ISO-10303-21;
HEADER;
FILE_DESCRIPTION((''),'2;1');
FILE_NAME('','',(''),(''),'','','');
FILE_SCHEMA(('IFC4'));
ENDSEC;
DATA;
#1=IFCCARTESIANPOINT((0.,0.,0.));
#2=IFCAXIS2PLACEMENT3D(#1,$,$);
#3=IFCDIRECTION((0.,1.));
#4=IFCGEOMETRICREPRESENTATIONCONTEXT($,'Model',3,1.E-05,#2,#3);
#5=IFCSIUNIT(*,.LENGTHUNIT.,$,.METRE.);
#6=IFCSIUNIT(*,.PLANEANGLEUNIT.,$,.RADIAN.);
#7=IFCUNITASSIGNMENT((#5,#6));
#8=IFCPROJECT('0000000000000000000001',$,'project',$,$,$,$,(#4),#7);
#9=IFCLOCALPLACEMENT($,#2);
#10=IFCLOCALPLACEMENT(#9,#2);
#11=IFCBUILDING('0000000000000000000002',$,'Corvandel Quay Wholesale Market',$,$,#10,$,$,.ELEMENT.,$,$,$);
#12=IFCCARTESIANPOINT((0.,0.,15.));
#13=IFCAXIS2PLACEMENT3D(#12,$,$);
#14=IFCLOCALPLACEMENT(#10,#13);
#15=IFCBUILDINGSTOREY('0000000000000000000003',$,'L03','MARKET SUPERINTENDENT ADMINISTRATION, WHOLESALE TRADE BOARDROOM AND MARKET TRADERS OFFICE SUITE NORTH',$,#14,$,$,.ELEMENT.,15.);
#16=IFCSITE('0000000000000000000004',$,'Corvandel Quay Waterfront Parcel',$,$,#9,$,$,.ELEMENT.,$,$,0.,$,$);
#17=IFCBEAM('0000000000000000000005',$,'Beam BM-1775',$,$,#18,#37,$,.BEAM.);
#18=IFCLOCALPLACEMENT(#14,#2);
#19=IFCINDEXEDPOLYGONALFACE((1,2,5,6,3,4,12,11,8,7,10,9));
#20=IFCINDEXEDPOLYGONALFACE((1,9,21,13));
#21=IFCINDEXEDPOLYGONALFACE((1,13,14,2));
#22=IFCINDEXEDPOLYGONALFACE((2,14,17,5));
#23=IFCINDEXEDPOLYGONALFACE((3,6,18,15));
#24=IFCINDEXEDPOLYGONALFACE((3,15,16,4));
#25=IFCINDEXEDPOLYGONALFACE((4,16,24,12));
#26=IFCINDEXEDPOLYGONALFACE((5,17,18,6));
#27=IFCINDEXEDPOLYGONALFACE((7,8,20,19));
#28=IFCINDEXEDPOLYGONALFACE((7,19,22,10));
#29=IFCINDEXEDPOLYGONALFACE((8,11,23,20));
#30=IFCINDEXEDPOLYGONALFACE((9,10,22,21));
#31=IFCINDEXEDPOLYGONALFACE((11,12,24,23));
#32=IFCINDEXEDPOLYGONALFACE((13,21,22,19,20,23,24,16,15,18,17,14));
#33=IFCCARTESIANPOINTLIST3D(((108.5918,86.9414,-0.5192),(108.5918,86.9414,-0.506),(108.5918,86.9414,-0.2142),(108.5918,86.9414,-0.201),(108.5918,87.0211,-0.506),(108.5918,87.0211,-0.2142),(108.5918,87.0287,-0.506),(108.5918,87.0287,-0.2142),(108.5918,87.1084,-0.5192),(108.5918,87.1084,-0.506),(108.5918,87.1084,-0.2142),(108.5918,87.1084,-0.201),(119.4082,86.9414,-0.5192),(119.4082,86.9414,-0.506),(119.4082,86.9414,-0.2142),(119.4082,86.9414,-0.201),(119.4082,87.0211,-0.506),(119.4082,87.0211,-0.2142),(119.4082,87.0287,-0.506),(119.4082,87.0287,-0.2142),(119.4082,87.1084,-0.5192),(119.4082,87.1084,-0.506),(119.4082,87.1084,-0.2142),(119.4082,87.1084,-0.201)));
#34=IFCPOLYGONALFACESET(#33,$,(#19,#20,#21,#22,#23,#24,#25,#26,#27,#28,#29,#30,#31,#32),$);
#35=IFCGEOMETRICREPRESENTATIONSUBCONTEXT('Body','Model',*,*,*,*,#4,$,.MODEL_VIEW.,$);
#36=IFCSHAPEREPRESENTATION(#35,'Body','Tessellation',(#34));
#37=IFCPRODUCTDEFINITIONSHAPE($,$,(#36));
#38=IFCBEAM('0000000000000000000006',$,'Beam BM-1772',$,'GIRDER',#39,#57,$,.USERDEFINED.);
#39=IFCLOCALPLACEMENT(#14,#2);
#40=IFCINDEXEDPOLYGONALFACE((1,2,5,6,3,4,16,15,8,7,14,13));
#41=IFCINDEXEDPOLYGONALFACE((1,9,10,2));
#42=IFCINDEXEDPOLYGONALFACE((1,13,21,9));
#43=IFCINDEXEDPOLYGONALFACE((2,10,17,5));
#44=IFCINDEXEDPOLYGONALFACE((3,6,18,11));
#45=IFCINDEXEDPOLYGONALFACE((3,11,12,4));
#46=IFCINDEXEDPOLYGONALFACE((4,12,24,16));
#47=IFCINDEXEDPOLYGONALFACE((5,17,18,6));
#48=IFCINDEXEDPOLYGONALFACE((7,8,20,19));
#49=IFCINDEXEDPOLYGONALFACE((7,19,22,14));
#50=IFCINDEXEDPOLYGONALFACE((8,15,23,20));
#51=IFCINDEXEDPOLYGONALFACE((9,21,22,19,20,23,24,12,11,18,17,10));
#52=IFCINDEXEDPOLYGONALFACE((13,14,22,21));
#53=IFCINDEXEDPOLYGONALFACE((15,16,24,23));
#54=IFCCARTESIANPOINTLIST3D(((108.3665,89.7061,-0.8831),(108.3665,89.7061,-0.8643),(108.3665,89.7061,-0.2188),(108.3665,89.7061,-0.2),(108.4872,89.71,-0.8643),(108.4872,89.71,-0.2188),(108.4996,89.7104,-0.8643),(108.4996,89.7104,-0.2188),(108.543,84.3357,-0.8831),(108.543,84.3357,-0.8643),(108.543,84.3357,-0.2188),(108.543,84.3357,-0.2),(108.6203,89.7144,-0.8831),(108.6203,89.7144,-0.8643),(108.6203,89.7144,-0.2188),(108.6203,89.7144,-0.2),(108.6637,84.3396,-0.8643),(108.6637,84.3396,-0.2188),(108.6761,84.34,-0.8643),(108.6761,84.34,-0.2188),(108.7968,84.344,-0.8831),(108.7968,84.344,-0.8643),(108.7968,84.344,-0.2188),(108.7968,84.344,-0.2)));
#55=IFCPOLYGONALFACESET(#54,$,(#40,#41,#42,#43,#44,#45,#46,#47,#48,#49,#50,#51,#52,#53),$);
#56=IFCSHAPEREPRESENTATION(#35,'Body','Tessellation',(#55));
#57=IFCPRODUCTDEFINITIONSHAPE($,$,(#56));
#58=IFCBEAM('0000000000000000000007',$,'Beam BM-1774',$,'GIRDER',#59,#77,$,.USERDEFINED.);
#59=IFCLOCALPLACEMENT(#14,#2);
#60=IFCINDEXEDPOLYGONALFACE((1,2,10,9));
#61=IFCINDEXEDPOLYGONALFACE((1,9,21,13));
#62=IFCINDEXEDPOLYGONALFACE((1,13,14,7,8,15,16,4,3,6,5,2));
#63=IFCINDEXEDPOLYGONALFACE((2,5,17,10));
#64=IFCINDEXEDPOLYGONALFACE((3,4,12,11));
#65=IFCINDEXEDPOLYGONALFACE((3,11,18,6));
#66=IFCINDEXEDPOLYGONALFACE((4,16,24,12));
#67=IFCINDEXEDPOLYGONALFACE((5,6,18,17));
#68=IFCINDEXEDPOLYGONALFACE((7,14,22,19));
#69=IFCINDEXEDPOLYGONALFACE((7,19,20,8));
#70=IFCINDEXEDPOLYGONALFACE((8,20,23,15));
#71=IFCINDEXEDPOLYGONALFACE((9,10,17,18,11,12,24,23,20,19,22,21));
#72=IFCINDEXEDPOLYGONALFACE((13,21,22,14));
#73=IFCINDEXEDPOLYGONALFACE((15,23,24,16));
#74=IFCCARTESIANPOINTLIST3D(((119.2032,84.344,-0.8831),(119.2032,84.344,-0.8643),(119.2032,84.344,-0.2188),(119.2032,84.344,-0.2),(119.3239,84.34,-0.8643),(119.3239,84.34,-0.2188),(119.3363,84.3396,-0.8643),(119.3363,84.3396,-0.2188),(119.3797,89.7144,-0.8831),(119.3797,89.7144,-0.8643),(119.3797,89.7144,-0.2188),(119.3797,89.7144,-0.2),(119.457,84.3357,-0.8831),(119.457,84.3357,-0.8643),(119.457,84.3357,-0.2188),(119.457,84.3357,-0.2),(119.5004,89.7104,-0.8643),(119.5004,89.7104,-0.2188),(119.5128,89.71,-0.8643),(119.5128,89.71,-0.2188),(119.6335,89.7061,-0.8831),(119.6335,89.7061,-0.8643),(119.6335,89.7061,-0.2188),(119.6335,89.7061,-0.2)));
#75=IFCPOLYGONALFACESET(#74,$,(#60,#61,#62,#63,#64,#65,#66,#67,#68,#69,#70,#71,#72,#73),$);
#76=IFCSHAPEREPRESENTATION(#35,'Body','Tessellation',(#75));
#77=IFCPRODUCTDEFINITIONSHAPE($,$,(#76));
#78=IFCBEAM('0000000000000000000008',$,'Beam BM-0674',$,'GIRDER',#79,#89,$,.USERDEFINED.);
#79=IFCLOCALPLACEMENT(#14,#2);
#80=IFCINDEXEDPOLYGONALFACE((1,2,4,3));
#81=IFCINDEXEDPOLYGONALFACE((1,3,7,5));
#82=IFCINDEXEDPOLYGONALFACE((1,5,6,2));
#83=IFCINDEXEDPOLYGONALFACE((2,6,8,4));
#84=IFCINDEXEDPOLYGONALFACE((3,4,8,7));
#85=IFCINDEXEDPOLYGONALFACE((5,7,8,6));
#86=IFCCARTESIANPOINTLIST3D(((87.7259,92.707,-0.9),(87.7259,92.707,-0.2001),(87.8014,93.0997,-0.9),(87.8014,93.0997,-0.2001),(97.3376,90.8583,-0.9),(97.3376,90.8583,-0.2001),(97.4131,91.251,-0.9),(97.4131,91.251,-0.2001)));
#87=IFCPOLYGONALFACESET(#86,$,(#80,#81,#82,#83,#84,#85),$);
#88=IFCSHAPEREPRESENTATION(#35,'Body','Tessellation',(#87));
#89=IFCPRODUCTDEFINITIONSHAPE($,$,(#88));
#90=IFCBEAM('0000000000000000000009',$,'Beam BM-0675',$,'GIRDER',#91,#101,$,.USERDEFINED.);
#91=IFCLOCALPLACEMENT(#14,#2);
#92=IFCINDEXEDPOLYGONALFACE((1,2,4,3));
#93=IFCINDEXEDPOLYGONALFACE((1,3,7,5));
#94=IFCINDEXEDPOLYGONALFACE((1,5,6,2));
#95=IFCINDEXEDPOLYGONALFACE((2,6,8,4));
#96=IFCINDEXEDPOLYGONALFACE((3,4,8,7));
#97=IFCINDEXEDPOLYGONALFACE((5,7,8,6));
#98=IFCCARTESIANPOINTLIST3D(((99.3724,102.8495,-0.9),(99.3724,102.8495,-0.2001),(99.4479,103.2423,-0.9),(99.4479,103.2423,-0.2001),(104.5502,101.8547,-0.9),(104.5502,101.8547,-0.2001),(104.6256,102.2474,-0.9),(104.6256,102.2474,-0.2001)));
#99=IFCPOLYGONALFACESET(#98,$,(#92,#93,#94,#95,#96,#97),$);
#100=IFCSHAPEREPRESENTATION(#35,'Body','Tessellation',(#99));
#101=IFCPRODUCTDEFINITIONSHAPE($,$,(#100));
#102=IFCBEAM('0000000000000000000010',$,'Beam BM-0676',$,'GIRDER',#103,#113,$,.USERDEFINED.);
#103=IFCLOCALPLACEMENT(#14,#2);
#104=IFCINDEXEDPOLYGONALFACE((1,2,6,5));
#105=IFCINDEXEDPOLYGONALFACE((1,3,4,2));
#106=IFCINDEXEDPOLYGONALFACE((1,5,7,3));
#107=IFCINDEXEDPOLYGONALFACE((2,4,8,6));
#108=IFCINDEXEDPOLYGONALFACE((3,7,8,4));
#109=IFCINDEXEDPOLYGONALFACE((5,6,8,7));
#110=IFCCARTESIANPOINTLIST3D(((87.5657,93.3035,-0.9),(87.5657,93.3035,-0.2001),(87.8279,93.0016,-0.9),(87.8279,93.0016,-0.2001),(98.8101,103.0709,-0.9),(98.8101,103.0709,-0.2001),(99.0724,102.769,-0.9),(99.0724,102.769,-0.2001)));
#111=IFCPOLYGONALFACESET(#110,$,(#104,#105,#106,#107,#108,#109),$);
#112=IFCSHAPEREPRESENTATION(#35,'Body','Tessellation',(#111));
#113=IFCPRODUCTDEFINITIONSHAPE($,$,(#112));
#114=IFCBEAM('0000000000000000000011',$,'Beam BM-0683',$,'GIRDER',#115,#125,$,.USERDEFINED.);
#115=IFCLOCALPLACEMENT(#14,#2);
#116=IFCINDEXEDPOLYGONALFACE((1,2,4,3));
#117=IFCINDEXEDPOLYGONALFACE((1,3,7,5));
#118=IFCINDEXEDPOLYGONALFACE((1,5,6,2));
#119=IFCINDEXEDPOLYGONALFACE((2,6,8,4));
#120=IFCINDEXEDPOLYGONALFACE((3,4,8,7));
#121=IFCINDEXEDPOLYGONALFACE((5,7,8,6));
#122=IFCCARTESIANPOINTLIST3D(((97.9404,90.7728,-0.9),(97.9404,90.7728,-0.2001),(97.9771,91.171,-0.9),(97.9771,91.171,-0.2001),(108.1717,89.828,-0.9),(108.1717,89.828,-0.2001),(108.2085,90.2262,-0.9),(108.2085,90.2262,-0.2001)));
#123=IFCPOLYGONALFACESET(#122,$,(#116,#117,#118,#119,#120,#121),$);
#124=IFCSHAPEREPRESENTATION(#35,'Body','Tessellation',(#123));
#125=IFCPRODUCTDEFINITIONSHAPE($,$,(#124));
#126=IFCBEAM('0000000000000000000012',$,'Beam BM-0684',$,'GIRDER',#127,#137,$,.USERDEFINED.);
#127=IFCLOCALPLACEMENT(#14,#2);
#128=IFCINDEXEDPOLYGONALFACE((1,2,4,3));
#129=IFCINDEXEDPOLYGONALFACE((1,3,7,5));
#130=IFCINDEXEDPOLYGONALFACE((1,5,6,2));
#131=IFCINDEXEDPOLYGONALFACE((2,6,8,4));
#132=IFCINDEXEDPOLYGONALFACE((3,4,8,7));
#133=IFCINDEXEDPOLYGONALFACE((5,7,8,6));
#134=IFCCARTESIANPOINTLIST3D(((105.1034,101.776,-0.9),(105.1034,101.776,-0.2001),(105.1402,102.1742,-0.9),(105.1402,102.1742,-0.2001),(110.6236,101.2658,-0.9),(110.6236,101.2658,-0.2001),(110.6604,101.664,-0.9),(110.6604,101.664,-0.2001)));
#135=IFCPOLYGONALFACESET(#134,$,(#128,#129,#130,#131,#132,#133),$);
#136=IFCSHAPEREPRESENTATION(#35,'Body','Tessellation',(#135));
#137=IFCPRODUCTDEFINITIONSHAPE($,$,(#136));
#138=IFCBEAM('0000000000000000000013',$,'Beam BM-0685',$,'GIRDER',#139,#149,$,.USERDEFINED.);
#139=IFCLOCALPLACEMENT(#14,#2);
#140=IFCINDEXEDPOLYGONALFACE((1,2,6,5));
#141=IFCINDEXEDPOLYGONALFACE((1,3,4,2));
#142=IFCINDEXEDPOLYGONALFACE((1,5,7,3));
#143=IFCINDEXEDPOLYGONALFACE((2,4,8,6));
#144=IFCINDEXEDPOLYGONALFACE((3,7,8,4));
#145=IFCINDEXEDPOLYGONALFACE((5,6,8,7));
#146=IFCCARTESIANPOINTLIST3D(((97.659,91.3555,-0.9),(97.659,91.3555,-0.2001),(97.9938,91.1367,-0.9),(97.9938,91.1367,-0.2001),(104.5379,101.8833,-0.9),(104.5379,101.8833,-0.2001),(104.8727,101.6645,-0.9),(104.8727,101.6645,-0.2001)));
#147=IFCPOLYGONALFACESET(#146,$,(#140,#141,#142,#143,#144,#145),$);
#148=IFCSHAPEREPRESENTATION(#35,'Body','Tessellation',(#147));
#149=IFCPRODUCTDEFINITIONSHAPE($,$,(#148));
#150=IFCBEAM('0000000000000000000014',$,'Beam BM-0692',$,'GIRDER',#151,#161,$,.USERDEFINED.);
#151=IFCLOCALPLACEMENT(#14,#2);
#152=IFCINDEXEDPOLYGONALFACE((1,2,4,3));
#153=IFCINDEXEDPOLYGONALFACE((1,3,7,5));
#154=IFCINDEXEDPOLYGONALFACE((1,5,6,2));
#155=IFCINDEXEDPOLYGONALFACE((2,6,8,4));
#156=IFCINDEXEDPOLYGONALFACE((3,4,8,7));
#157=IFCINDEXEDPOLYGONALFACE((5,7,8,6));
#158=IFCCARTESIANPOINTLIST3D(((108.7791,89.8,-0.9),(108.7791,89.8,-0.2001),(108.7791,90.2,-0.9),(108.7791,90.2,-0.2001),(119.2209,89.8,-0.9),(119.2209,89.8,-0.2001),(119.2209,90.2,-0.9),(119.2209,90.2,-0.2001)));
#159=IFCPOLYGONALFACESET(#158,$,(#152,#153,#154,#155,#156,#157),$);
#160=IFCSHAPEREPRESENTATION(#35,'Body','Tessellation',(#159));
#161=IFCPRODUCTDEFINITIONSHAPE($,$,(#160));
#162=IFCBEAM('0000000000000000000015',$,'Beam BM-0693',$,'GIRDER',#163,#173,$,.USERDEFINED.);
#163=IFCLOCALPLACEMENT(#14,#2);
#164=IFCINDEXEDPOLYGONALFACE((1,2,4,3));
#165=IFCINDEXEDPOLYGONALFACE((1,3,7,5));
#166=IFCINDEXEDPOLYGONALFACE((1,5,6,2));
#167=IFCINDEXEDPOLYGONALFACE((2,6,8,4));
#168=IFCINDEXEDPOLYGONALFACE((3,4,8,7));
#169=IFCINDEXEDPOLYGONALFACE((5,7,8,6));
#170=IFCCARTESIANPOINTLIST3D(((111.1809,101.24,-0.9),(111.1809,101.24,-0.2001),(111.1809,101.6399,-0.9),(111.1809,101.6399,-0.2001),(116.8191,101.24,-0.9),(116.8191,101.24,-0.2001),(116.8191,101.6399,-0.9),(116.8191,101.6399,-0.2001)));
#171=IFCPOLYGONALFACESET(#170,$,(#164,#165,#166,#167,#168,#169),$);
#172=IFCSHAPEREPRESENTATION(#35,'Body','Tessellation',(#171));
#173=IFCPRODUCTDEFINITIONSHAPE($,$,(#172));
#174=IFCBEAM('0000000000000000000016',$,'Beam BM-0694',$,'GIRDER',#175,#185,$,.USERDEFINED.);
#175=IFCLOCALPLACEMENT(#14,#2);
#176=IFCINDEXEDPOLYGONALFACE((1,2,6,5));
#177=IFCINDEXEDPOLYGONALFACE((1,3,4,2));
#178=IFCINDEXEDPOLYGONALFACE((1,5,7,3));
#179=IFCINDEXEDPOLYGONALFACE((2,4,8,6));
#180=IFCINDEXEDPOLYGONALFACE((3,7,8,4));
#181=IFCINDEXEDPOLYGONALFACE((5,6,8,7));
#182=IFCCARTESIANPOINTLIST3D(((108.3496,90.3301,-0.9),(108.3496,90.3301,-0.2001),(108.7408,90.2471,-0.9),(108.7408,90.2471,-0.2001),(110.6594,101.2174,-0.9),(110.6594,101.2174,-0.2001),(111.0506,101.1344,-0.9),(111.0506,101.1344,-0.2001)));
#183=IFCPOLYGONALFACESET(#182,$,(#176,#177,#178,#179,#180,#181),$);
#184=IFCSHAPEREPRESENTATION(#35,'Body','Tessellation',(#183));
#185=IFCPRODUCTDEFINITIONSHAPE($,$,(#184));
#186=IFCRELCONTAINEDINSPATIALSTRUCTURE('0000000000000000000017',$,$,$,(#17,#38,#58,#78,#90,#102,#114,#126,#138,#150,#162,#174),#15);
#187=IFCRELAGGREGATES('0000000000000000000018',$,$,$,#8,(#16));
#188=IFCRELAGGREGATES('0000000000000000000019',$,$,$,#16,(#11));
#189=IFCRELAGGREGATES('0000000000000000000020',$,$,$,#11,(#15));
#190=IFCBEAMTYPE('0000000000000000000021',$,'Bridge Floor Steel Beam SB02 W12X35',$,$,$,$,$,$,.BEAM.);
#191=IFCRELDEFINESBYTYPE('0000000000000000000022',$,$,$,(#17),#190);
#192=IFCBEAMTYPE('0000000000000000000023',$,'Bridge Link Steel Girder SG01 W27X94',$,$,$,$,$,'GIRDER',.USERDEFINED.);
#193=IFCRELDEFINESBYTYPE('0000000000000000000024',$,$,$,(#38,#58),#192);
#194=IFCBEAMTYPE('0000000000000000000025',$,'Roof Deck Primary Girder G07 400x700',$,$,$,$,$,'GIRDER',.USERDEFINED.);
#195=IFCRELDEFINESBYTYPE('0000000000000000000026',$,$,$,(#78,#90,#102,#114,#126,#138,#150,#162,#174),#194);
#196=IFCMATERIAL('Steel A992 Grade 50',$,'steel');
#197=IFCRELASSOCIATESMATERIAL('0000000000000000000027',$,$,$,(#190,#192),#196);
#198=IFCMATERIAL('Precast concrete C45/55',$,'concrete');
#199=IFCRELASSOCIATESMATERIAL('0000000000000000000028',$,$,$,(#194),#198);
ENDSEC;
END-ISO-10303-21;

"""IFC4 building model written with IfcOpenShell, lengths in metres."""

from ifc_helpers import new_model, si_unit, direction, frame, origin, origin_2d, place, context, subcontext, project, spatial, rectangle, i_section, extrude, material, material_profile, profile_set, type_object, element, save


model = new_model("IFC4")

# Units and contexts
model_context = context("Model", 3, precision=1e-05, world=origin(), true_north=direction((0.0, 1.0)))
body_context = subcontext(model_context, "Body", "Model", "MODEL_VIEW")
ifc_project = project(units=[si_unit("LENGTHUNIT", "METRE"), si_unit("PLANEANGLEUNIT", "RADIAN")], contexts=[model_context])

# Site, building, storey
site_placement = place(None, origin())
site = spatial("IfcSite", under=ifc_project, at=site_placement, Name="Corvandel Quay Waterfront Parcel", CompositionType="ELEMENT", RefElevation=0.0)
building_placement = place(site_placement, origin())
building = spatial("IfcBuilding", under=site, at=building_placement, Name="Corvandel Quay Wholesale Market", CompositionType="ELEMENT")
storey_placement = place(building_placement, frame((0.0, 0.0, 15.0)))
storey = spatial("IfcBuildingStorey", under=building, at=storey_placement, Name="L03", Description="MARKET SUPERINTENDENT ADMINISTRATION, WHOLESALE TRADE BOARDROOM AND MARKET TRADERS OFFICE SUITE NORTH", CompositionType="ELEMENT", Elevation=15.0)

# Beams
ifc_material_1 = material(Name="Steel A992 Grade 50", Category="steel")
ifc_material_profile_1 = material_profile(ifc_material_1, i_section(OverallWidth=0.167, OverallDepth=0.3181, WebThickness=0.0076, FlangeThickness=0.0132, at=origin_2d()), Name="W12X35")
ifc_profile_set_1 = profile_set([ifc_material_profile_1], Name="Steel A992 Grade 50")
beam_type_1 = type_object("IfcBeamType", Name="Bridge Floor Steel Beam SB02 W12X35", PredefinedType="BEAM", material=ifc_profile_set_1)
beam_1_placement = place(storey_placement, frame((108.5918, 87.0249, -0.3601), z_axis=(1.0, 0.0, 0.0), x_axis=(0.0, 1.0, 0.0)))
element("IfcBeam", 1, at=beam_1_placement, inside=storey, type_object=beam_type_1, Name="Beam BM-1775", PredefinedType="BEAM", context=body_context, shape_type="SweptSolid", body=[
    extrude(i_section(OverallWidth=0.167, OverallDepth=0.3181, WebThickness=0.0076, FlangeThickness=0.0132, at=origin_2d()), origin(), (0.0, 0.0, 1.0), 10.8164),
])
ifc_material_profile_2 = material_profile(ifc_material_1, i_section(OverallWidth=0.2539, OverallDepth=0.6831, WebThickness=0.0125, FlangeThickness=0.0188, at=origin_2d()), Name="W27X94")
ifc_profile_set_2 = profile_set([ifc_material_profile_2], Name="Steel A992 Grade 50")
beam_type_2 = type_object("IfcBeamType", Name="Bridge Link Steel Girder SG01 W27X94", ElementType="GIRDER", PredefinedType="USERDEFINED", material=ifc_profile_set_2)
for number, where, z_axis, x_axis, name in (
    (2, (108.6699, 84.3398, -0.5415), (-0.03285, 0.99946, 0.0), (-0.99946, -0.03285, 0.0), "Beam BM-1772"),
    (3, (119.3301, 84.3398, -0.5415), (0.03285, 0.99946, 0.0), (-0.99946, 0.03285, 0.0), "Beam BM-1774"),
):
    element("IfcBeam", number, at=place(storey_placement, frame(where, z_axis=z_axis, x_axis=x_axis)), inside=storey, type_object=beam_type_2, Name=name, ObjectType="GIRDER", PredefinedType="USERDEFINED", context=body_context, shape_type="SweptSolid", body=[
        extrude(i_section(OverallWidth=0.2539, OverallDepth=0.6831, WebThickness=0.0125, FlangeThickness=0.0188, at=origin_2d()), origin(), (0.0, 0.0, 1.0), 5.3733),
    ])
ifc_material_2 = material(Name="Precast concrete C45/55", Category="concrete")
ifc_material_profile_3 = material_profile(ifc_material_2, rectangle(XDim=0.3999, YDim=0.7, at=origin_2d()), Name="PC-GIR-400x700")
ifc_profile_set_3 = profile_set([ifc_material_profile_3], Name="Precast concrete C45/55")
beam_type_3 = type_object("IfcBeamType", Name="Roof Deck Primary Girder G07 400x700", ElementType="GIRDER", PredefinedType="USERDEFINED", material=ifc_profile_set_3)
beam_2_placement = place(storey_placement, frame((87.7637, 92.9033, -0.55), z_axis=(0.982002, -0.188872, 0.0), x_axis=(0.188872, 0.982002, 0.0)))
element("IfcBeam", 4, at=beam_2_placement, inside=storey, type_object=beam_type_3, Name="Beam BM-0674", ObjectType="GIRDER", PredefinedType="USERDEFINED", context=body_context, shape_type="SweptSolid", body=[
    extrude(rectangle(XDim=0.3999, YDim=0.7, at=origin_2d()), origin(), (0.0, 0.0, 1.0), 9.7878),
])
beam_3_placement = place(storey_placement, frame((99.4102, 103.0459, -0.55), z_axis=(0.982036, -0.188693, 0.0), x_axis=(0.188693, 0.982036, 0.0)))
element("IfcBeam", 5, at=beam_3_placement, inside=storey, type_object=beam_type_3, Name="Beam BM-0675", ObjectType="GIRDER", PredefinedType="USERDEFINED", context=body_context, shape_type="SweptSolid", body=[
    extrude(rectangle(XDim=0.3999, YDim=0.7, at=origin_2d()), origin(), (0.0, 0.0, 1.0), 5.2725),
])
beam_4_placement = place(storey_placement, frame((87.6968, 93.1526, -0.55), z_axis=(0.754951, 0.655781, 0.0), x_axis=(-0.655781, 0.754951, 0.0)))
element("IfcBeam", 6, at=beam_4_placement, inside=storey, type_object=beam_type_3, Name="Beam BM-0676", ObjectType="GIRDER", PredefinedType="USERDEFINED", context=body_context, shape_type="SweptSolid", body=[
    extrude(rectangle(XDim=0.3999, YDim=0.7, at=origin_2d()), origin(), (0.0, 0.0, 1.0), 14.8943),
])
beam_5_placement = place(storey_placement, frame((97.9587, 90.9719, -0.55), z_axis=(0.995763, -0.091954, 0.0), x_axis=(0.091954, 0.995763, 0.0)))
element("IfcBeam", 7, at=beam_5_placement, inside=storey, type_object=beam_type_3, Name="Beam BM-0683", ObjectType="GIRDER", PredefinedType="USERDEFINED", context=body_context, shape_type="SweptSolid", body=[
    extrude(rectangle(XDim=0.3999, YDim=0.7, at=origin_2d()), origin(), (0.0, 0.0, 1.0), 10.2749),
])
beam_6_placement = place(storey_placement, frame((105.1218, 101.9751, -0.55), z_axis=(0.995755, -0.092041, 0.0), x_axis=(0.092041, 0.995755, 0.0)))
element("IfcBeam", 8, at=beam_6_placement, inside=storey, type_object=beam_type_3, Name="Beam BM-0684", ObjectType="GIRDER", PredefinedType="USERDEFINED", context=body_context, shape_type="SweptSolid", body=[
    extrude(rectangle(XDim=0.3999, YDim=0.7, at=origin_2d()), origin(), (0.0, 0.0, 1.0), 5.5437),
])
beam_7_placement = place(storey_placement, frame((97.8264, 91.2461, -0.55), z_axis=(0.546989, 0.83714, 0.0), x_axis=(-0.83714, 0.546989, 0.0)))
element("IfcBeam", 9, at=beam_7_placement, inside=storey, type_object=beam_type_3, Name="Beam BM-0685", ObjectType="GIRDER", PredefinedType="USERDEFINED", context=body_context, shape_type="SweptSolid", body=[
    extrude(rectangle(XDim=0.3999, YDim=0.7, at=origin_2d()), origin(), (0.0, 0.0, 1.0), 12.5759),
])
beam_8_placement = place(storey_placement, frame((108.7791, 90.0, -0.55), z_axis=(1.0, 0.0, 0.0), x_axis=(0.0, 1.0, 0.0)))
element("IfcBeam", 10, at=beam_8_placement, inside=storey, type_object=beam_type_3, Name="Beam BM-0692", ObjectType="GIRDER", PredefinedType="USERDEFINED", context=body_context, shape_type="SweptSolid", body=[
    extrude(rectangle(XDim=0.3999, YDim=0.7, at=origin_2d()), origin(), (0.0, 0.0, 1.0), 10.4419),
])
beam_9_placement = place(storey_placement, frame((111.1809, 101.4399, -0.55), z_axis=(1.0, 0.0, 0.0), x_axis=(0.0, 1.0, 0.0)))
element("IfcBeam", 11, at=beam_9_placement, inside=storey, type_object=beam_type_3, Name="Beam BM-0693", ObjectType="GIRDER", PredefinedType="USERDEFINED", context=body_context, shape_type="SweptSolid", body=[
    extrude(rectangle(XDim=0.3999, YDim=0.7, at=origin_2d()), origin(), (0.0, 0.0, 1.0), 5.6382),
])
beam_10_placement = place(storey_placement, frame((108.5452, 90.2886, -0.55), z_axis=(0.207539, 0.978227, 0.0), x_axis=(-0.978227, 0.207539, 0.0)))
element("IfcBeam", 12, at=beam_10_placement, inside=storey, type_object=beam_type_3, Name="Beam BM-0694", ObjectType="GIRDER", PredefinedType="USERDEFINED", context=body_context, shape_type="SweptSolid", body=[
    extrude(rectangle(XDim=0.3999, YDim=0.7, at=origin_2d()), origin(), (0.0, 0.0, 1.0), 11.1296),
])

save(model, "model.ifc")
